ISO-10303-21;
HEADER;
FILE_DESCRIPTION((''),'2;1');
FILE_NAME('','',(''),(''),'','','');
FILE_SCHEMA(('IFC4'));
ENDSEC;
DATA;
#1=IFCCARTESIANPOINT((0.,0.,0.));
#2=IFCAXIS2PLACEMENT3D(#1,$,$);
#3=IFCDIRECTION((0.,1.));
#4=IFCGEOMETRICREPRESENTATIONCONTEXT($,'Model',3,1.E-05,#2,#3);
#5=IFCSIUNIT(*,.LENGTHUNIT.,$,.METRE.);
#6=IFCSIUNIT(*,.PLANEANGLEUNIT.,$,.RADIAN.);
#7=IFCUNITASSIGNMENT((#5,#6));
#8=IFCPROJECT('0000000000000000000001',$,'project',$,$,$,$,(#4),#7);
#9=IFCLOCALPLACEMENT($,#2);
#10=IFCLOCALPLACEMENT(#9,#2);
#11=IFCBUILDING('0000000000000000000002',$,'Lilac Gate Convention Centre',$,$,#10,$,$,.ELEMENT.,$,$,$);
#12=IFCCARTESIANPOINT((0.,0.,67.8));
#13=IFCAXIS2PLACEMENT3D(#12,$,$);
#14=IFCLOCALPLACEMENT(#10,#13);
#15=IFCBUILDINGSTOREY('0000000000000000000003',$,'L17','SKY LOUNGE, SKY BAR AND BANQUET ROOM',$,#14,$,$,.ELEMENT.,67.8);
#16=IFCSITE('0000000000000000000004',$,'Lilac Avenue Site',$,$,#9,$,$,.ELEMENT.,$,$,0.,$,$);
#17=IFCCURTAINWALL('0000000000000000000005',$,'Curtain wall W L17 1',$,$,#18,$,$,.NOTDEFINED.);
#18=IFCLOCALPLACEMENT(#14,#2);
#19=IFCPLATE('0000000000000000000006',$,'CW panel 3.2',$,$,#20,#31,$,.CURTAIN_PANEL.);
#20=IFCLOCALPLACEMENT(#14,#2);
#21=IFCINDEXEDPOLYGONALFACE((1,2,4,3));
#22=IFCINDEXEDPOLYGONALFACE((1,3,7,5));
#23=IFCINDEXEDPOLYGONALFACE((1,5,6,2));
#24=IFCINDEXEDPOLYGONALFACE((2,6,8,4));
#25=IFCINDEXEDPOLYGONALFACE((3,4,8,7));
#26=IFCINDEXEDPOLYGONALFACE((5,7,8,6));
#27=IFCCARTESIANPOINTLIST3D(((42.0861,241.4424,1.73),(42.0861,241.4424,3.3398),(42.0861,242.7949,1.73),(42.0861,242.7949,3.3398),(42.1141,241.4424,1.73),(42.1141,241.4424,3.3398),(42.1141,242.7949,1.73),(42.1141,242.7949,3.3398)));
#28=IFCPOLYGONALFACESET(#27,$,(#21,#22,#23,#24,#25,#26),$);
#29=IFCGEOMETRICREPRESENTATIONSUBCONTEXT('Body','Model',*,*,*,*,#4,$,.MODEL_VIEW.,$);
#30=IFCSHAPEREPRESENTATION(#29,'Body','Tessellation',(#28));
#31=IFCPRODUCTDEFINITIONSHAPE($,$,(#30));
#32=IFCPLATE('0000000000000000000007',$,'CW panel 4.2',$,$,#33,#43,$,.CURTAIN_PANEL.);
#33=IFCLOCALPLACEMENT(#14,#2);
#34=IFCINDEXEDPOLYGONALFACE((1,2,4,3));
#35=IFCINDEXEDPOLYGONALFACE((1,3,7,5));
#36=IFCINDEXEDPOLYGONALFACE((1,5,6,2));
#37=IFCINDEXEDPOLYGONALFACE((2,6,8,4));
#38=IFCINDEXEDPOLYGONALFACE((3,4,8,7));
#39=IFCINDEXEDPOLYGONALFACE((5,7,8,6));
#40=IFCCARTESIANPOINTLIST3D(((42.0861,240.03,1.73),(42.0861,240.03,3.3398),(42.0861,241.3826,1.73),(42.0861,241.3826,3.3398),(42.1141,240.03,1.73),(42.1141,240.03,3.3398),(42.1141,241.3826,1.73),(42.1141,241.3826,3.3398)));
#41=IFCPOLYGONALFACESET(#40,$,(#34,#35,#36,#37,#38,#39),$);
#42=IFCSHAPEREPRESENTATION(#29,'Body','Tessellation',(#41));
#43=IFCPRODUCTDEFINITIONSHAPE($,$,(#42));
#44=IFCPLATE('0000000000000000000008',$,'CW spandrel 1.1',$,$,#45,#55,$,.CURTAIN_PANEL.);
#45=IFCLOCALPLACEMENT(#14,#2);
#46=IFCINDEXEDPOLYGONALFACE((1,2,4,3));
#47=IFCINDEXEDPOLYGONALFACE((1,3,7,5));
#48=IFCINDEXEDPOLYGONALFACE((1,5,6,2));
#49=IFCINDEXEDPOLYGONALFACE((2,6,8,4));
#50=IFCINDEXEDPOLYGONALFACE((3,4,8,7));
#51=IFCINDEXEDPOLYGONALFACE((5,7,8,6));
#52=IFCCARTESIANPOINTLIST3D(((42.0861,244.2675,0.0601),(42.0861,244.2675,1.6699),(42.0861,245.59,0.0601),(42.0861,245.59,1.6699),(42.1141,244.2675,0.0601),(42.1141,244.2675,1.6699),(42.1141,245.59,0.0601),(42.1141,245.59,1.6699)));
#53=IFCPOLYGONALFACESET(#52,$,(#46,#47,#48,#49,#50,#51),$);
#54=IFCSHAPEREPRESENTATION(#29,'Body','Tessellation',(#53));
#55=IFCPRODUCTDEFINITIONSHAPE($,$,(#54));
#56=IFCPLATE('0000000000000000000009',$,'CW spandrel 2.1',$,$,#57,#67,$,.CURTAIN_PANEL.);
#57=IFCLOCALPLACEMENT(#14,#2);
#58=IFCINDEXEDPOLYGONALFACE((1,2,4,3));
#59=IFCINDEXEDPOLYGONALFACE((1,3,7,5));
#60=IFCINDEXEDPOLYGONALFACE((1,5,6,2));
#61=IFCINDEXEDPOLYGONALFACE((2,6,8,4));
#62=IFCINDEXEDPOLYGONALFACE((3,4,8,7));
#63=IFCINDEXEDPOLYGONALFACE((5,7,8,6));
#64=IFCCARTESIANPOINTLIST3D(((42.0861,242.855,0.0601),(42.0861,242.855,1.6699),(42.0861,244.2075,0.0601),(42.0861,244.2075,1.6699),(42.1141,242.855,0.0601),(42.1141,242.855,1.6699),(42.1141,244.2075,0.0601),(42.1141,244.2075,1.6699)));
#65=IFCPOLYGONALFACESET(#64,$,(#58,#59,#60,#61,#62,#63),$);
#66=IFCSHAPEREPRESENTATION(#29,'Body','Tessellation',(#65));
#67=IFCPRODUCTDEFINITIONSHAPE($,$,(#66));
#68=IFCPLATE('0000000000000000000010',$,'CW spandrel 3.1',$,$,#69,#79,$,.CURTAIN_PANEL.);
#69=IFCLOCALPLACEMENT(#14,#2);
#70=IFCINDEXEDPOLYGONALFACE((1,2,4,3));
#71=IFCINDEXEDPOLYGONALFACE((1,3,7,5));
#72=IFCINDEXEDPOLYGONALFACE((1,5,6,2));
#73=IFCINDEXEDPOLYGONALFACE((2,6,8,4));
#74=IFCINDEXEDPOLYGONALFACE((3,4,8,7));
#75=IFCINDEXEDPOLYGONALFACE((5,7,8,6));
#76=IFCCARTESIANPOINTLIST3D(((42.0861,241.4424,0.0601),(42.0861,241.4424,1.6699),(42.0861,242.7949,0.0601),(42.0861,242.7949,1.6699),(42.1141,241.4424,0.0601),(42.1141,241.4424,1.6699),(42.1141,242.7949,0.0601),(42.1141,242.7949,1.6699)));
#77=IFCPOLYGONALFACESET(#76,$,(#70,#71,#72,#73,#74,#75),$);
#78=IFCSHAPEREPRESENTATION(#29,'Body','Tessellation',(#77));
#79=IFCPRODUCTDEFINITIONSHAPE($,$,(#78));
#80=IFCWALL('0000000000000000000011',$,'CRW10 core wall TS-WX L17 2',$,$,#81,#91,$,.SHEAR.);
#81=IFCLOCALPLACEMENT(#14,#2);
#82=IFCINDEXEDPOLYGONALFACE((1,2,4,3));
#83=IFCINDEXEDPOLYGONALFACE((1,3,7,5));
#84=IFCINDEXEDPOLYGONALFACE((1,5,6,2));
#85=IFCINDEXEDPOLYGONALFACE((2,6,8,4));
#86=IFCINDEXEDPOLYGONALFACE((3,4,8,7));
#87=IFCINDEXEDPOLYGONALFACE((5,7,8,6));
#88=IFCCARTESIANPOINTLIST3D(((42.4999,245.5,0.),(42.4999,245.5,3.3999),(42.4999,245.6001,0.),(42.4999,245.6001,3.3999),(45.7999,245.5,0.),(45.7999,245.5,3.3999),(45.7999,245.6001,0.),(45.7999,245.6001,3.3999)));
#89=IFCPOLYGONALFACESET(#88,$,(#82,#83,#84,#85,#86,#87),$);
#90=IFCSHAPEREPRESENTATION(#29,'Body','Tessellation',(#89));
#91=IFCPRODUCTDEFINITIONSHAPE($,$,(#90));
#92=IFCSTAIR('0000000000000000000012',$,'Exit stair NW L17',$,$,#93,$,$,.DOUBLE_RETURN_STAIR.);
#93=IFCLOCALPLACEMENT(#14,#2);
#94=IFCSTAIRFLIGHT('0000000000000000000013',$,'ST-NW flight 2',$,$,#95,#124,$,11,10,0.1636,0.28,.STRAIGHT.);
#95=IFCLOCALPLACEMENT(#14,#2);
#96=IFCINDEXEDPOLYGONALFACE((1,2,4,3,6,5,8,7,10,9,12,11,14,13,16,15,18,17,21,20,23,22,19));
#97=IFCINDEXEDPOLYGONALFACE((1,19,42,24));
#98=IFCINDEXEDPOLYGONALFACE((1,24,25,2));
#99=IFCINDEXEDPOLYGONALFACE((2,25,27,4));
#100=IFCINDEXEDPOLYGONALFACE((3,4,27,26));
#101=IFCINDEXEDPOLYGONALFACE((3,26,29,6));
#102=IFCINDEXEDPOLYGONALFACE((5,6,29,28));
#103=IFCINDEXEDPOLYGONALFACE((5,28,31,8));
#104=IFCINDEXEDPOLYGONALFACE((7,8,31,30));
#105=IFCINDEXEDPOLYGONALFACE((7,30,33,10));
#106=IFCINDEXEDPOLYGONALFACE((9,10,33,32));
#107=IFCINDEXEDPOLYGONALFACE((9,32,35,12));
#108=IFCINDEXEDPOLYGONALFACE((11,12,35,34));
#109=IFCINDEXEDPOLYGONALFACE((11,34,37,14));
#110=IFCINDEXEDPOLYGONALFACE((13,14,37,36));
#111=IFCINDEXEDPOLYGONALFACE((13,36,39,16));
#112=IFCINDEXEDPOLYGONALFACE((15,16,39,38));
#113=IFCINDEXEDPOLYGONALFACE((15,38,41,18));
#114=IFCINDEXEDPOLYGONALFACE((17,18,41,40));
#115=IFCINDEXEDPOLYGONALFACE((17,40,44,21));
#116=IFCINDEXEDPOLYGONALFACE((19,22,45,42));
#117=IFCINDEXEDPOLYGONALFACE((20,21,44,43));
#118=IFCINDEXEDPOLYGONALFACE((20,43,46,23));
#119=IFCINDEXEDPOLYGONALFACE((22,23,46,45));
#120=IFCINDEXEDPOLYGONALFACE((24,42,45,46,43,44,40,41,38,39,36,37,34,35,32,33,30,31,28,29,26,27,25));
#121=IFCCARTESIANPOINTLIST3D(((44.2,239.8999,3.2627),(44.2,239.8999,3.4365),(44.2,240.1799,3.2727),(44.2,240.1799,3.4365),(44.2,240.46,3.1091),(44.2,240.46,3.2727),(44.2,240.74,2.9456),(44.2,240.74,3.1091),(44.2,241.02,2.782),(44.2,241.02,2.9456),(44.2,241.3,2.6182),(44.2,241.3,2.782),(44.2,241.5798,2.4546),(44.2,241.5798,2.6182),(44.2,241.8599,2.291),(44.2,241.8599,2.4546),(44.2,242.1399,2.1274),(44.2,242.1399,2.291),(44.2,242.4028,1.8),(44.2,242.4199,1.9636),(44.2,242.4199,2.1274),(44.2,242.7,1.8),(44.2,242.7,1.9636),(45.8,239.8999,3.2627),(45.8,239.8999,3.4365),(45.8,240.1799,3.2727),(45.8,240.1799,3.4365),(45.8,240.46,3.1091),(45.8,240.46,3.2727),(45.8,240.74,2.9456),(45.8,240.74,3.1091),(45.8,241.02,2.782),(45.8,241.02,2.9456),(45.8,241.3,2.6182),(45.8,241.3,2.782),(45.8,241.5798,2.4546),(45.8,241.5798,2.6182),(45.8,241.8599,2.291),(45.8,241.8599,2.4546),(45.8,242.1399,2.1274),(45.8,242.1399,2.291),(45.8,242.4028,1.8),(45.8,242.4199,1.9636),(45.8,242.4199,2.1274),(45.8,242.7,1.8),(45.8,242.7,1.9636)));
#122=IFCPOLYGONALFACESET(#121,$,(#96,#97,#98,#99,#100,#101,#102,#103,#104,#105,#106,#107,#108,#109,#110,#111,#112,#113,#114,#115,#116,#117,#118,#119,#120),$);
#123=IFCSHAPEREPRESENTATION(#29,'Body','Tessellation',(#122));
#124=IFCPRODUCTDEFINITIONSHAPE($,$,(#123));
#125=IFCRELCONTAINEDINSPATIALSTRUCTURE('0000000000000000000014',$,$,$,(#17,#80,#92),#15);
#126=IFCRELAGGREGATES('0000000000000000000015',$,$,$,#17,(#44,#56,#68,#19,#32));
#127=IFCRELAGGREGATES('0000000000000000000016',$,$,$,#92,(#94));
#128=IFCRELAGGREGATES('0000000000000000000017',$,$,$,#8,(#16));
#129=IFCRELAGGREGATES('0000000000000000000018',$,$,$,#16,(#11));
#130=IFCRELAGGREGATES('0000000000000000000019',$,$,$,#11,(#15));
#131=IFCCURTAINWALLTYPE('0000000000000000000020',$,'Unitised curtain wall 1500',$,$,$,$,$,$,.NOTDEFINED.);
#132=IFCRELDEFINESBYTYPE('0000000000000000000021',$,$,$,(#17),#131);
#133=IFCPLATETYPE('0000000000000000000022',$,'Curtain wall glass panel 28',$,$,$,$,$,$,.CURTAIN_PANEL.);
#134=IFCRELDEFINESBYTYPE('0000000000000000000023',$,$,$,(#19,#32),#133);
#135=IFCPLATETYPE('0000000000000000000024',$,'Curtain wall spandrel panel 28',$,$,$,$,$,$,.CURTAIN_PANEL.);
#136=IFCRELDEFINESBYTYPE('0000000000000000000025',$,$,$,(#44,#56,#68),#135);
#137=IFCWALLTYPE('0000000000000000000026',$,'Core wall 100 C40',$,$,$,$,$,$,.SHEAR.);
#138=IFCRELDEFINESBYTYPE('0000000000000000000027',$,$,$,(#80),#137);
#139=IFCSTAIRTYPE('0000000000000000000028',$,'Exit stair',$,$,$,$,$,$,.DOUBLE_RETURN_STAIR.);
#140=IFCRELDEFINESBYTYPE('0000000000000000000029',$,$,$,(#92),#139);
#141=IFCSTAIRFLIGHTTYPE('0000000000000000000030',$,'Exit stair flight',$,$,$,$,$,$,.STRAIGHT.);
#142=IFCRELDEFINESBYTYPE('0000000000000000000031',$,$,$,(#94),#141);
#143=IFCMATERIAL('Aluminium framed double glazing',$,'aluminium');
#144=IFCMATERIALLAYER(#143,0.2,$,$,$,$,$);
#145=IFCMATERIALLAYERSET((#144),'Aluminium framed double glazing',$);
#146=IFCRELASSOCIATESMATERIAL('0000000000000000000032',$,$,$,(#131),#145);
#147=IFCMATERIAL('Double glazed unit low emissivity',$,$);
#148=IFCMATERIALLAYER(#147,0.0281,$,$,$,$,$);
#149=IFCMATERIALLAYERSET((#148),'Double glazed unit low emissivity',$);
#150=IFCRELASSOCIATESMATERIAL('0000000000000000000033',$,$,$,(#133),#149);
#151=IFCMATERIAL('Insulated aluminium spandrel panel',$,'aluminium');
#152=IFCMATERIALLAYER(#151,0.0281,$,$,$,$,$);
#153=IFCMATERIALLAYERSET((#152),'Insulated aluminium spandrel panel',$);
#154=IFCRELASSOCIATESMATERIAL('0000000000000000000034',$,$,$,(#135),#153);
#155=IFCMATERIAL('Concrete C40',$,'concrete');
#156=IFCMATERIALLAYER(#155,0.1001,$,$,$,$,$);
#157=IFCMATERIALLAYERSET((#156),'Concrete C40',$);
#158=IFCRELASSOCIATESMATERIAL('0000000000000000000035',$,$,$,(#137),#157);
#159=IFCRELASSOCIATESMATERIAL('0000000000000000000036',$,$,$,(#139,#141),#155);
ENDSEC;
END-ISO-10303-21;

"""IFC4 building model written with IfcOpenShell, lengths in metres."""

from ifc_helpers import new_model, si_unit, direction, frame, frame_2d, origin, origin_2d, place, context, subcontext, project, spatial, polyline, rectangle, outline, extrude, material, layer, layer_set, type_object, element, aggregate, save


model = new_model("IFC4")

# Units and contexts
model_context = context("Model", 3, precision=1e-05, world=origin(), true_north=direction((0.0, 1.0)))
body_context = subcontext(model_context, "Body", "Model", "MODEL_VIEW")
ifc_project = project(units=[si_unit("LENGTHUNIT", "METRE"), si_unit("PLANEANGLEUNIT", "RADIAN")], contexts=[model_context])

# Site, building, storey
site_placement = place(None, origin())
site = spatial("IfcSite", under=ifc_project, at=site_placement, Name="Lilac Avenue Site", CompositionType="ELEMENT", RefElevation=0.0)
building_placement = place(site_placement, origin())
building = spatial("IfcBuilding", under=site, at=building_placement, Name="Lilac Gate Convention Centre", CompositionType="ELEMENT")
storey_placement = place(building_placement, frame((0.0, 0.0, 67.8)))
storey = spatial("IfcBuildingStorey", under=building, at=storey_placement, Name="L17", Description="SKY LOUNGE, SKY BAR AND BANQUET ROOM", CompositionType="ELEMENT", Elevation=67.8)

# Curtain wall, plates
ifc_material_1 = material(Name="Aluminium framed double glazing", Category="aluminium")
ifc_layer_1 = layer(ifc_material_1, 0.2)
ifc_layer_set_1 = layer_set([ifc_layer_1], Name="Aluminium framed double glazing")
curtain_wall_type = type_object("IfcCurtainWallType", Name="Unitised curtain wall 1500", PredefinedType="NOTDEFINED", material=ifc_layer_set_1)
curtain_wall_placement = place(storey_placement, origin())
curtain_wall = element("IfcCurtainWall", 1, at=curtain_wall_placement, inside=storey, type_object=curtain_wall_type, Name="Curtain wall W L17 1", PredefinedType="NOTDEFINED")
ifc_material_2 = material(Name="Double glazed unit low emissivity")
ifc_layer_2 = layer(ifc_material_2, 0.0281)
ifc_layer_set_2 = layer_set([ifc_layer_2], Name="Double glazed unit low emissivity")
plate_type_1 = type_object("IfcPlateType", Name="Curtain wall glass panel 28", PredefinedType="CURTAIN_PANEL", material=ifc_layer_set_2)
plate_1_placement = place(storey_placement, frame((42.1001, 242.1187, 1.73), z_axis=(0.0, 0.0, 1.0), x_axis=(0.0, -1.0, 0.0)))
plate_1 = element("IfcPlate", 2, at=plate_1_placement, type_object=plate_type_1, Name="CW panel 3.2", PredefinedType="CURTAIN_PANEL", context=body_context, shape_type="SweptSolid", body=[
    extrude(rectangle(XDim=1.3525, YDim=0.0281, at=origin_2d()), origin(), (0.0, 0.0, 1.0), 1.6099),
])
plate_2_placement = place(storey_placement, frame((42.1001, 240.7063, 1.73), z_axis=(0.0, 0.0, 1.0), x_axis=(0.0, -1.0, 0.0)))
plate_2 = element("IfcPlate", 3, at=plate_2_placement, type_object=plate_type_1, Name="CW panel 4.2", PredefinedType="CURTAIN_PANEL", context=body_context, shape_type="SweptSolid", body=[
    extrude(rectangle(XDim=1.3525, YDim=0.0281, at=origin_2d()), origin(), (0.0, 0.0, 1.0), 1.6099),
])
ifc_material_3 = material(Name="Insulated aluminium spandrel panel", Category="aluminium")
ifc_layer_3 = layer(ifc_material_3, 0.0281)
ifc_layer_set_3 = layer_set([ifc_layer_3], Name="Insulated aluminium spandrel panel")
plate_type_2 = type_object("IfcPlateType", Name="Curtain wall spandrel panel 28", PredefinedType="CURTAIN_PANEL", material=ifc_layer_set_3)
plate_3_placement = place(storey_placement, frame((42.1001, 244.9287, 0.0601), z_axis=(0.0, 0.0, 1.0), x_axis=(0.0, -1.0, 0.0)))
plate_3 = element("IfcPlate", 4, at=plate_3_placement, type_object=plate_type_2, Name="CW spandrel 1.1", PredefinedType="CURTAIN_PANEL", context=body_context, shape_type="SweptSolid", body=[
    extrude(rectangle(XDim=1.3225, YDim=0.0281, at=origin_2d()), origin(), (0.0, 0.0, 1.0), 1.6099),
])
plate_4_placement = place(storey_placement, frame((42.1001, 243.5312, 0.0601), z_axis=(0.0, 0.0, 1.0), x_axis=(0.0, -1.0, 0.0)))
plate_4 = element("IfcPlate", 5, at=plate_4_placement, type_object=plate_type_2, Name="CW spandrel 2.1", PredefinedType="CURTAIN_PANEL", context=body_context, shape_type="SweptSolid", body=[
    extrude(rectangle(XDim=1.3525, YDim=0.0281, at=origin_2d()), origin(), (0.0, 0.0, 1.0), 1.6099),
])
plate_5_placement = place(storey_placement, frame((42.1001, 242.1187, 0.0601), z_axis=(0.0, 0.0, 1.0), x_axis=(0.0, -1.0, 0.0)))
plate_5 = element("IfcPlate", 6, at=plate_5_placement, type_object=plate_type_2, Name="CW spandrel 3.1", PredefinedType="CURTAIN_PANEL", context=body_context, shape_type="SweptSolid", body=[
    extrude(rectangle(XDim=1.3525, YDim=0.0281, at=origin_2d()), origin(), (0.0, 0.0, 1.0), 1.6099),
])
aggregate(curtain_wall, [plate_3, plate_4, plate_5, plate_1, plate_2])

# Wall
ifc_material_4 = material(Name="Concrete C40", Category="concrete")
ifc_layer_4 = layer(ifc_material_4, 0.1001)
ifc_layer_set_4 = layer_set([ifc_layer_4], Name="Concrete C40")
wall_type = type_object("IfcWallType", Name="Core wall 100 C40", PredefinedType="SHEAR", material=ifc_layer_set_4)
wall_placement = place(storey_placement, frame((42.5, 245.55, 0.0), z_axis=(0.0, 0.0, 1.0), x_axis=(1.0, 0.0, 0.0)))
element("IfcWall", 7, at=wall_placement, inside=storey, type_object=wall_type, Name="CRW10 core wall TS-WX L17 2", PredefinedType="SHEAR", context=body_context, shape_type="SweptSolid", body=[
    extrude(rectangle(XDim=3.3, YDim=0.1001, at=frame_2d((1.6499, 0.0))), origin(), (0.0, 0.0, 1.0), 3.3999),
])

# Stair, stair flight
stair_type = type_object("IfcStairType", Name="Exit stair", PredefinedType="DOUBLE_RETURN_STAIR", material=ifc_material_4)
stair_placement = place(storey_placement, origin())
stair = element("IfcStair", 8, at=stair_placement, inside=storey, type_object=stair_type, Name="Exit stair NW L17", PredefinedType="DOUBLE_RETURN_STAIR")
stair_flight_type = type_object("IfcStairFlightType", Name="Exit stair flight", PredefinedType="STRAIGHT", material=ifc_material_4)
stair_flight_placement = place(storey_placement, frame((45.0, 242.7, 1.8), z_axis=(0.0, 0.0, 1.0), x_axis=(0.0, -1.0, 0.0)))
stair_flight = element("IfcStairFlight", 9, at=stair_flight_placement, type_object=stair_flight_type, Name="ST-NW flight 2", NumberOfRisers=11, NumberOfTreads=10, PredefinedType="STRAIGHT", RiserHeight=0.1636, TreadLength=0.28, context=body_context, shape_type="SweptSolid", body=[
    extrude(outline(polyline([(0.0, 0.0), (0.0, 0.1636), (0.28, 0.1636), (0.28, 0.3274), (0.5601, 0.3274), (0.5601, 0.491), (0.8401, 0.491), (0.8401, 0.6545), (1.1201, 0.6545), (1.1201, 0.8181), (1.3999, 0.8181), (1.3999, 0.9819), (1.6799, 0.9819), (1.6799, 1.1455), (1.96, 1.1455), (1.96, 1.3091), (2.24, 1.3091), (2.24, 1.4727), (2.52, 1.4727), (2.52, 1.6365), (2.8, 1.6365), (2.8, 1.8), (2.8, 1.4626), (0.2971, 0.0), (0.0, 0.0)])), frame((0.0, 0.8, 0.0), z_axis=(0.0, -1.0, 0.0), x_axis=(1.0, 0.0, 0.0)), (0.0, 0.0, 1.0), 1.6001),
])
aggregate(stair, [stair_flight])

save(model, "model.ifc")
